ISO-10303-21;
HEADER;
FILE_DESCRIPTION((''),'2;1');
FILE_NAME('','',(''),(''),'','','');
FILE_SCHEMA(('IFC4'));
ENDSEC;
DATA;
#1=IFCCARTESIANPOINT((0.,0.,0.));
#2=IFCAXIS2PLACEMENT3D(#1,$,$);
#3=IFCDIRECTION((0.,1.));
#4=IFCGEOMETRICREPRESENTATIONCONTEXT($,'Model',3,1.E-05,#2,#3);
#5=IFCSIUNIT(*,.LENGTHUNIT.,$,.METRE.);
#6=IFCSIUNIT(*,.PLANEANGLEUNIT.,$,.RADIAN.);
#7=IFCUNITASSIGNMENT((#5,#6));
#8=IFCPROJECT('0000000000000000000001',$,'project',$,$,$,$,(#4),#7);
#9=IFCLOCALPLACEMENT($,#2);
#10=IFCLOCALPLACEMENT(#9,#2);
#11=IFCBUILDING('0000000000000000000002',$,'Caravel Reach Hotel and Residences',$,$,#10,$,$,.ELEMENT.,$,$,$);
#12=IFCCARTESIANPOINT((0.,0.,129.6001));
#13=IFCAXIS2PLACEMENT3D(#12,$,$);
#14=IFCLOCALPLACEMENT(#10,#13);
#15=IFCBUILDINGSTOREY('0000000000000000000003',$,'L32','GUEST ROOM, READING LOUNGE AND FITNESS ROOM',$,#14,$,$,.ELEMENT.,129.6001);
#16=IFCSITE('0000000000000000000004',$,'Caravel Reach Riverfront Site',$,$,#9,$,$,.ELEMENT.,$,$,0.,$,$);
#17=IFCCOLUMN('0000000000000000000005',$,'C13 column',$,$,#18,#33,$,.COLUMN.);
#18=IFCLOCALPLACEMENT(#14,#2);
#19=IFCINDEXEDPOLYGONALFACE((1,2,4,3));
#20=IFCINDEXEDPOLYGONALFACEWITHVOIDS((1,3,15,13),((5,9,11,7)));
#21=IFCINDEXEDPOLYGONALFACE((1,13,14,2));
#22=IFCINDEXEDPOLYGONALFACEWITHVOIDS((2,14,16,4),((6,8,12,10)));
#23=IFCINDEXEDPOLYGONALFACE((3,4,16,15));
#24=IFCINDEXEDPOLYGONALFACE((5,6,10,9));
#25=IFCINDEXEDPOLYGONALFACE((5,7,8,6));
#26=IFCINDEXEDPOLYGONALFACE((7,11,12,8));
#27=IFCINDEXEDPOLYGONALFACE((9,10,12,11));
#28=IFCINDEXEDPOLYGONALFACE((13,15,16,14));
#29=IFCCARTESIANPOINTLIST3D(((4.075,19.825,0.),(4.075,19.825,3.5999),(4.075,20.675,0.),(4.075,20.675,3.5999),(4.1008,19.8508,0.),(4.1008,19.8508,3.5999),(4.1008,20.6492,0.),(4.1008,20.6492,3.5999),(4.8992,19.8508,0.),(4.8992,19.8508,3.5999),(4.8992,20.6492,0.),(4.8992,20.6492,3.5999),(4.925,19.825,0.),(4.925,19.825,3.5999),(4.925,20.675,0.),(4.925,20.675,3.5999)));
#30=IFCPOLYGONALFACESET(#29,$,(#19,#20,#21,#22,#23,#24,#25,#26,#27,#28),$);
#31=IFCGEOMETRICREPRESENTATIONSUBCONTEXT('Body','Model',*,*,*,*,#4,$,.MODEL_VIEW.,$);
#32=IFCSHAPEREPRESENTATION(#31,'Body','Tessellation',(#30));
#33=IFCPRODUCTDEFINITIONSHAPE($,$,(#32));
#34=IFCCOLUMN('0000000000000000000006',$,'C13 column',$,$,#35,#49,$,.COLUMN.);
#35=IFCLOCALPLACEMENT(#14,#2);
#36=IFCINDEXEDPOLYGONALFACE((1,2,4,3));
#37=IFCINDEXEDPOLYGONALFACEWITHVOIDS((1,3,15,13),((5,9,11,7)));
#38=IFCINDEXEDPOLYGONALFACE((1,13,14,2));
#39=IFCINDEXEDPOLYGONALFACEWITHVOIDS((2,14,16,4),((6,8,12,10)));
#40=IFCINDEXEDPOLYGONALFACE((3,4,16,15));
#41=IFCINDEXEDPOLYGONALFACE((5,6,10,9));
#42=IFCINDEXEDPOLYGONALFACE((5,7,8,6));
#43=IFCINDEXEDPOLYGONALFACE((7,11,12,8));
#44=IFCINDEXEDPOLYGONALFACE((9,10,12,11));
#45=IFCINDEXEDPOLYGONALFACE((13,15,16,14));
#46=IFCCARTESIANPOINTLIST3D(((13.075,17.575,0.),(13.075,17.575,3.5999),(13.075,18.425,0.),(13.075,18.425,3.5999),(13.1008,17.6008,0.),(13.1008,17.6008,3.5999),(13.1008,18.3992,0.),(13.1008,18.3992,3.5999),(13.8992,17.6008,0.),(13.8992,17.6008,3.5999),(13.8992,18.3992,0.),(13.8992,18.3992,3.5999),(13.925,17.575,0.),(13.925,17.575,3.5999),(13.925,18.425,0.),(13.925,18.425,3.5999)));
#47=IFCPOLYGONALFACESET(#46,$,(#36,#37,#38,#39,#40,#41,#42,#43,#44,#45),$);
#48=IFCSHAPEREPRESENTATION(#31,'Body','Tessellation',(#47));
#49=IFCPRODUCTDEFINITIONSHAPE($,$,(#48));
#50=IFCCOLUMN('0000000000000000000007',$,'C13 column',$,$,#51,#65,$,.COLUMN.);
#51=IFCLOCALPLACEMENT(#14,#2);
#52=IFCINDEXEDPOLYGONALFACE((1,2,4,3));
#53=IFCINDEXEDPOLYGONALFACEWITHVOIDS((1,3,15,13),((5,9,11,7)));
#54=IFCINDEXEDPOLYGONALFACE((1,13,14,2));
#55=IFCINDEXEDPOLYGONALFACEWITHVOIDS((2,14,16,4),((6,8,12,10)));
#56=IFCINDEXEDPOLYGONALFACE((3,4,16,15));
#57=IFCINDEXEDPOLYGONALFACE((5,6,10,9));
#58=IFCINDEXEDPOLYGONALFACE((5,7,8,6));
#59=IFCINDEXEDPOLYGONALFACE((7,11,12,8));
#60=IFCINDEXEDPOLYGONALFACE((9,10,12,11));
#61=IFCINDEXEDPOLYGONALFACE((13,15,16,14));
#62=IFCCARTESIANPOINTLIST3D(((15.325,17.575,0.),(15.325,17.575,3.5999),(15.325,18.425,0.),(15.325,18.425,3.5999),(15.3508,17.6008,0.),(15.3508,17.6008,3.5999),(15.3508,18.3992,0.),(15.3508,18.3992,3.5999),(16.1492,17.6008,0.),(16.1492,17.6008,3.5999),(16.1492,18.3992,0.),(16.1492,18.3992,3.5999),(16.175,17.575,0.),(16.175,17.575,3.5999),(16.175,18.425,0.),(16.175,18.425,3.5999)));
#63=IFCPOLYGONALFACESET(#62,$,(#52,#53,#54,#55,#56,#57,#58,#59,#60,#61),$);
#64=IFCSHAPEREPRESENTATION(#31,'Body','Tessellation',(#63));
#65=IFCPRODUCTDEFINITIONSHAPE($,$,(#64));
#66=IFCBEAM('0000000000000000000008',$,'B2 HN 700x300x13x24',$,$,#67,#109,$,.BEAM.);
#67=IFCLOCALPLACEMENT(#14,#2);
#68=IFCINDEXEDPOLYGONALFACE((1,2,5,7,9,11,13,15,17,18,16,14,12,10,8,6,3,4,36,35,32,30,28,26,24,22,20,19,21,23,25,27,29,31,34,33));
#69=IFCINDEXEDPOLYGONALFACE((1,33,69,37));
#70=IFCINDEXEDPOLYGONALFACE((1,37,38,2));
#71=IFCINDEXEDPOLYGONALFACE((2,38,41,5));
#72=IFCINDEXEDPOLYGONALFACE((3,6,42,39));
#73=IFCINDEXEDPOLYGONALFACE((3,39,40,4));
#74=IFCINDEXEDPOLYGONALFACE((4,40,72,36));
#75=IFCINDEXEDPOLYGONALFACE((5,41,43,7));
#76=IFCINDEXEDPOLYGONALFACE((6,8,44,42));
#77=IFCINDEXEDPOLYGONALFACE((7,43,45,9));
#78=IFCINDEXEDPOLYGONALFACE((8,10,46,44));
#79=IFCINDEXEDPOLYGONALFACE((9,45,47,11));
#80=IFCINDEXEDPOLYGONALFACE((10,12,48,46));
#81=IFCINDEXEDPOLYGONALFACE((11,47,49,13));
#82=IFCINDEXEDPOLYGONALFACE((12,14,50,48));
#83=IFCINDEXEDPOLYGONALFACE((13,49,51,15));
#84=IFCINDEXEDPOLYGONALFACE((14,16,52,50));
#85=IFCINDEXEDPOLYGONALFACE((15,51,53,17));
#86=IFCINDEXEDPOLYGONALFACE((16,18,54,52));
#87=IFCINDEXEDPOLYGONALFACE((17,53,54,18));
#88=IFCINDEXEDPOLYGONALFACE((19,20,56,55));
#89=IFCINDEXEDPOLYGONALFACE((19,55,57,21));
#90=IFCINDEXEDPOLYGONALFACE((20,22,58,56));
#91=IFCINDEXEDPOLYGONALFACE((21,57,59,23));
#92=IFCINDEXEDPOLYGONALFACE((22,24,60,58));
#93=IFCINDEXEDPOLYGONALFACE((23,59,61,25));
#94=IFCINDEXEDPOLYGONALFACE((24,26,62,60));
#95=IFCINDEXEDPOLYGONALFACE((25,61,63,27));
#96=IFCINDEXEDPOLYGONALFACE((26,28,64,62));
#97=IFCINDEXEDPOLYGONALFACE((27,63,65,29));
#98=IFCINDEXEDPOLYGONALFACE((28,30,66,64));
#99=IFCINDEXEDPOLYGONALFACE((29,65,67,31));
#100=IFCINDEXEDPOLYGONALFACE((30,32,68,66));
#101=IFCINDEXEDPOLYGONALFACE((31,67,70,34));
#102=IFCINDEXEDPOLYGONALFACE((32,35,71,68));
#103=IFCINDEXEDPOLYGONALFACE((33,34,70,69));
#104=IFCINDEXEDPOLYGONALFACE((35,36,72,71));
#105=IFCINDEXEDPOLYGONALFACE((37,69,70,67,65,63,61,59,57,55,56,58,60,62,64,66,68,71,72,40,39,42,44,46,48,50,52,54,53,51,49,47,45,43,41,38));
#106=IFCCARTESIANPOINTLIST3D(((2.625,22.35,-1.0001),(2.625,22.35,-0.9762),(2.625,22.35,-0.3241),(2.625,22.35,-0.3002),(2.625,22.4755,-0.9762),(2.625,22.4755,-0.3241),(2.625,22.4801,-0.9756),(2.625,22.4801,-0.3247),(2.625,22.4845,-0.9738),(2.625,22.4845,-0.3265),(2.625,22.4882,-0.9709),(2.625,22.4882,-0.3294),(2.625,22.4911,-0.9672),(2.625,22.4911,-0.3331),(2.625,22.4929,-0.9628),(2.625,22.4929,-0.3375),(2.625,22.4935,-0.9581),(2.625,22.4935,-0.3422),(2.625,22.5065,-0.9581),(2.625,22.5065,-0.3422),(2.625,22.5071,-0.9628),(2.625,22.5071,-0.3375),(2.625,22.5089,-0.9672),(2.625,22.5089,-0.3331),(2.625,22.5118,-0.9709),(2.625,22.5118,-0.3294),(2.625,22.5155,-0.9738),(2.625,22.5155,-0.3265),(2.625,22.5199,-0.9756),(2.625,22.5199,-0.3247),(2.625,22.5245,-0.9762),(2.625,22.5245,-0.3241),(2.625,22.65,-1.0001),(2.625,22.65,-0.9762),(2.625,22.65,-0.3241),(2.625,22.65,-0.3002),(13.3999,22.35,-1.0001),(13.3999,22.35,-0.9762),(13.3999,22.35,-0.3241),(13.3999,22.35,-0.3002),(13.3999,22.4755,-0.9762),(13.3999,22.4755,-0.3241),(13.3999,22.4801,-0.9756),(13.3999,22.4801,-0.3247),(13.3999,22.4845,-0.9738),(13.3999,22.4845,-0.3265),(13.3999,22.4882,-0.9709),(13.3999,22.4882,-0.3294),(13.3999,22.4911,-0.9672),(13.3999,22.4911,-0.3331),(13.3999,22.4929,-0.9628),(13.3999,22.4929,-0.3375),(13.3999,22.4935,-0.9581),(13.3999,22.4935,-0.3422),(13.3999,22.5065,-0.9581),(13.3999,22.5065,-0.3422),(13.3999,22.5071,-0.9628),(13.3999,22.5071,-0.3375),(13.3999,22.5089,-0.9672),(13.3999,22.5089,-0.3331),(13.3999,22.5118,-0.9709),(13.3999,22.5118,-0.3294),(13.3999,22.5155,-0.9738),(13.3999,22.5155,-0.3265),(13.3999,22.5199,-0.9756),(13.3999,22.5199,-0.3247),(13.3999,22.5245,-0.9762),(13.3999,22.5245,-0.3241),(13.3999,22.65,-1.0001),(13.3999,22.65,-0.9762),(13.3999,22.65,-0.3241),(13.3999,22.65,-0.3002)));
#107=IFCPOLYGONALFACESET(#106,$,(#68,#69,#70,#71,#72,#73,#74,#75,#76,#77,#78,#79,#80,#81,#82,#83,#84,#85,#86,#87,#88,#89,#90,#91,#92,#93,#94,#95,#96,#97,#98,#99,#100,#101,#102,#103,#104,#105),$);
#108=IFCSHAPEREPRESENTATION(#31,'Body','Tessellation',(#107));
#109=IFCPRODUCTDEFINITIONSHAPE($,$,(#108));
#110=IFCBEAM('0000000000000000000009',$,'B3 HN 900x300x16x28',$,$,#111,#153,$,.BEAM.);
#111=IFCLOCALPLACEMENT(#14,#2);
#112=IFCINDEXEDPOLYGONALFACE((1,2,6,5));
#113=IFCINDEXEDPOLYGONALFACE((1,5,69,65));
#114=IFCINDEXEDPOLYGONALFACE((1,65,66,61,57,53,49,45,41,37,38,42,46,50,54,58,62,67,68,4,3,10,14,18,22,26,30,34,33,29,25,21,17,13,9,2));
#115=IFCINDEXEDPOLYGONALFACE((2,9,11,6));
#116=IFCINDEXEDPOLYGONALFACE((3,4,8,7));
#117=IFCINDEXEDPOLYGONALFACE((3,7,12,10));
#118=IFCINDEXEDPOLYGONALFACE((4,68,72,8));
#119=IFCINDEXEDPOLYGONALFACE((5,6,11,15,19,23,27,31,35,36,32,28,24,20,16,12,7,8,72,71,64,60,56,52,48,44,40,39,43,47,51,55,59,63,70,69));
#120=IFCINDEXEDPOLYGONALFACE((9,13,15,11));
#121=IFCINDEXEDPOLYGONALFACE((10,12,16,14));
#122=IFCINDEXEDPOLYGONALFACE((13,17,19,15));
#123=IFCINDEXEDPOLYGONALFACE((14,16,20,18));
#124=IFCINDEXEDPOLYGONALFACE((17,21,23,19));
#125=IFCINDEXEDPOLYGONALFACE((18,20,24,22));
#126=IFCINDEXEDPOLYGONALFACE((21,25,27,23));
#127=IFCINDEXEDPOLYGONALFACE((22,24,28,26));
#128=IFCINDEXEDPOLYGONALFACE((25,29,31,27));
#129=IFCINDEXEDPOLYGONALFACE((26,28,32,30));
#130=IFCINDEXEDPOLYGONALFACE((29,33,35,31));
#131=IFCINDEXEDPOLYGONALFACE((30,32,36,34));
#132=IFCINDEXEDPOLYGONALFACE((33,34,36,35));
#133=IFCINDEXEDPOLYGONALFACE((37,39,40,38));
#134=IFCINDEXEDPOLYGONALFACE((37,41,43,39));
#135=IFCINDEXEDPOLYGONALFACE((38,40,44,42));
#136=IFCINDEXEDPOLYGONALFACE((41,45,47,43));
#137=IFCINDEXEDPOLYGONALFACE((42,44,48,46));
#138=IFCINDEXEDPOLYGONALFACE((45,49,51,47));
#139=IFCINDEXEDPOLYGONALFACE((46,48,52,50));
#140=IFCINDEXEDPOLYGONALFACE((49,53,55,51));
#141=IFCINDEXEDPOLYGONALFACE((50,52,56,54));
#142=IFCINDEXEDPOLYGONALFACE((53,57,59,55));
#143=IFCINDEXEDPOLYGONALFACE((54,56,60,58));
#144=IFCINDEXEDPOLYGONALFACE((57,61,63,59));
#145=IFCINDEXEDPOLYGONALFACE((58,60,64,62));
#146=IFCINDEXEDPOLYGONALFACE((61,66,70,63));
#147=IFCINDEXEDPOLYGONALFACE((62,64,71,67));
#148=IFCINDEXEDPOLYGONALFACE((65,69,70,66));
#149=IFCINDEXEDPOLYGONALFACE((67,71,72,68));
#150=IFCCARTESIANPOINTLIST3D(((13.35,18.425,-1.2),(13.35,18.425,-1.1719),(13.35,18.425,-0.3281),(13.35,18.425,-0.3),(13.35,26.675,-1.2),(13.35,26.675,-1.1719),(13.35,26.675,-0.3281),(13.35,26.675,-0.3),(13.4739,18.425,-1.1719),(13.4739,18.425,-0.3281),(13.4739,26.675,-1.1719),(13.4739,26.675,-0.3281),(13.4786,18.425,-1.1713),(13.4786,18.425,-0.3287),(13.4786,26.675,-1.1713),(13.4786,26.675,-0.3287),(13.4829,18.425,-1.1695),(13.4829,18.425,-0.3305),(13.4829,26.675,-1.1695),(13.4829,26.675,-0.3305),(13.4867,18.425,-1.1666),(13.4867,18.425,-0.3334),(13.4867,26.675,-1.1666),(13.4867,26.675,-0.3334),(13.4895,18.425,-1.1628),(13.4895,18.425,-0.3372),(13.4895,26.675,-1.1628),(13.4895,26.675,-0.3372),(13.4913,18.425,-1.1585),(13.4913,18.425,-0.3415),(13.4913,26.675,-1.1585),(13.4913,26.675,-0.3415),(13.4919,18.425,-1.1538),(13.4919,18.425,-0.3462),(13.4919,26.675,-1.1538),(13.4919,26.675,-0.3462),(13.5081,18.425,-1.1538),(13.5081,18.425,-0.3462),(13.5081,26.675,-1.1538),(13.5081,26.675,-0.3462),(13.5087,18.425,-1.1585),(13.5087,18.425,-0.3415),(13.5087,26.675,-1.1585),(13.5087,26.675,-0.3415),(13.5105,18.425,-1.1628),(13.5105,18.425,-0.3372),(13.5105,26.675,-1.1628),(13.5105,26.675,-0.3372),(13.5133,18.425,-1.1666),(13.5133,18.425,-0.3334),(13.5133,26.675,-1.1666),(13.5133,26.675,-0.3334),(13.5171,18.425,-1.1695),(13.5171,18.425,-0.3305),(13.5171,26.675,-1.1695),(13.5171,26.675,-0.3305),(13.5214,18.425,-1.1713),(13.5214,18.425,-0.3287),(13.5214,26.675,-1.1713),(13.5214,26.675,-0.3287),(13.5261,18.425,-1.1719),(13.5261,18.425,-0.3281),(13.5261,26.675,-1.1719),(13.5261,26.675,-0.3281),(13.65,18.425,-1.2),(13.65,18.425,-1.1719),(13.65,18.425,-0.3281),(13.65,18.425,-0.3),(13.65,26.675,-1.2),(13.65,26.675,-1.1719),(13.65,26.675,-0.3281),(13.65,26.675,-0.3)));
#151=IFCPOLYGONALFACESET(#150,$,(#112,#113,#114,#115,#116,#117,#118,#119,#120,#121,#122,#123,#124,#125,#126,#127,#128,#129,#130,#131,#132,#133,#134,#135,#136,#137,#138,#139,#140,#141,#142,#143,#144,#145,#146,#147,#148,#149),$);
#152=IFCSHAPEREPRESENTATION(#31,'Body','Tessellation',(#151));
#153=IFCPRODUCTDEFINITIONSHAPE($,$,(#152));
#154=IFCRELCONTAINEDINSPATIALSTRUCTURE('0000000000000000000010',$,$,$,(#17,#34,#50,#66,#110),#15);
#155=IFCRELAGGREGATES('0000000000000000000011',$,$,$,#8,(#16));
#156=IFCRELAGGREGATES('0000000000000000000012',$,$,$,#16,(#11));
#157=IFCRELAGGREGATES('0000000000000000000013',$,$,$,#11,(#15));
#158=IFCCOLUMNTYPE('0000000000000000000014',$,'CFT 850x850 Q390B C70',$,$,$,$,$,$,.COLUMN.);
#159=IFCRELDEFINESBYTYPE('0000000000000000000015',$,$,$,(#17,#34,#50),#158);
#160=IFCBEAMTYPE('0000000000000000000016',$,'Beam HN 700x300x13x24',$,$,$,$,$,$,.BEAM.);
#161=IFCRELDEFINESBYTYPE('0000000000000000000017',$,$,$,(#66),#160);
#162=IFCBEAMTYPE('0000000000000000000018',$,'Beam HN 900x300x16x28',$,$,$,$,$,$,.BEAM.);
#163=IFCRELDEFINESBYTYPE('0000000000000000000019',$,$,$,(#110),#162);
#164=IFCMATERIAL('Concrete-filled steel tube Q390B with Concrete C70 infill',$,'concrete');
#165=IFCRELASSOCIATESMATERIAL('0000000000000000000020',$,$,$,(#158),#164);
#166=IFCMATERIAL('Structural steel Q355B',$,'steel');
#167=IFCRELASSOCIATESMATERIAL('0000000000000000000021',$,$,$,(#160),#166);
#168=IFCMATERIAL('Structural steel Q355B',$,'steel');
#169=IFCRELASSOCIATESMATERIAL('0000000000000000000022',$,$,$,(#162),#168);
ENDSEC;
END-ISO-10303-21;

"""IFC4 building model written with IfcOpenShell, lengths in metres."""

from ifc_helpers import new_model, si_unit, direction, frame, origin, origin_2d, place, context, subcontext, project, spatial, hollow_rectangle, i_section, extrude, material, material_profile, profile_set, type_object, element, save


model = new_model("IFC4")

# Units and contexts
model_context = context("Model", 3, precision=1e-05, world=origin(), true_north=direction((0.0, 1.0)))
body_context = subcontext(model_context, "Body", "Model", "MODEL_VIEW")
ifc_project = project(units=[si_unit("LENGTHUNIT", "METRE"), si_unit("PLANEANGLEUNIT", "RADIAN")], contexts=[model_context])

# Site, building, storey
site_placement = place(None, origin())
site = spatial("IfcSite", under=ifc_project, at=site_placement, Name="Caravel Reach Riverfront Site", CompositionType="ELEMENT", RefElevation=0.0)
building_placement = place(site_placement, origin())
building = spatial("IfcBuilding", under=site, at=building_placement, Name="Caravel Reach Hotel and Residences", CompositionType="ELEMENT")
storey_placement = place(building_placement, frame((0.0, 0.0, 129.6001)))
storey = spatial("IfcBuildingStorey", under=building, at=storey_placement, Name="L32", Description="GUEST ROOM, READING LOUNGE AND FITNESS ROOM", CompositionType="ELEMENT", Elevation=129.6001)

# Columns
ifc_material_1 = material(Name="Concrete-filled steel tube Q390B with Concrete C70 infill", Category="concrete")
ifc_material_profile_1 = material_profile(ifc_material_1, hollow_rectangle(XDim=0.8501, YDim=0.8501, WallThickness=0.0259, at=origin_2d()), Name="RHS 850x850x26")
ifc_profile_set_1 = profile_set([ifc_material_profile_1], Name="Concrete-filled steel tube Q390B with Concrete C70 infill")
column_type = type_object("IfcColumnType", Name="CFT 850x850 Q390B C70", PredefinedType="COLUMN", material=ifc_profile_set_1)
for number, where, z_axis, x_axis, name in (
    (1, (4.5, 20.25, 0.0), (0.0, 0.0, 1.0), (1.0, 0.0, 0.0), "C13 column"),
    (2, (13.5, 18.0, 0.0), (0.0, 0.0, 1.0), (1.0, 0.0, 0.0), "C13 column"),
    (3, (15.75, 18.0, 0.0), (0.0, 0.0, 1.0), (1.0, 0.0, 0.0), "C13 column"),
):
    element("IfcColumn", number, at=place(storey_placement, frame(where, z_axis=z_axis, x_axis=x_axis)), inside=storey, type_object=column_type, Name=name, PredefinedType="COLUMN", context=body_context, shape_type="SweptSolid", body=[
        extrude(hollow_rectangle(XDim=0.8501, YDim=0.8501, WallThickness=0.0259, at=origin_2d()), origin(), (0.0, 0.0, 1.0), 3.5999),
    ])

# Beams
ifc_material_2 = material(Name="Structural steel Q355B", Category="steel")
ifc_material_profile_2 = material_profile(ifc_material_2, i_section(OverallWidth=0.3, OverallDepth=0.7, WebThickness=0.0129, FlangeThickness=0.0239, FilletRadius=0.0181, at=origin_2d()), Name="HN 700x300x13x24")
ifc_profile_set_2 = profile_set([ifc_material_profile_2], Name="Structural steel Q355B")
beam_type_1 = type_object("IfcBeamType", Name="Beam HN 700x300x13x24", PredefinedType="BEAM", material=ifc_profile_set_2)
beam_1_placement = place(storey_placement, frame((13.3999, 22.5, -0.6501), z_axis=(-1.0, 0.0, 0.0), x_axis=(0.0, -1.0, 0.0)))
element("IfcBeam", 4, at=beam_1_placement, inside=storey, type_object=beam_type_1, Name="B2 HN 700x300x13x24", PredefinedType="BEAM", context=body_context, shape_type="SweptSolid", body=[
    extrude(i_section(OverallWidth=0.3, OverallDepth=0.7, WebThickness=0.0129, FlangeThickness=0.0239, FilletRadius=0.0181, at=origin_2d()), origin(), (0.0, 0.0, 1.0), 10.7749),
])
ifc_material_3 = material(Name="Structural steel Q355B", Category="steel")
ifc_material_profile_3 = material_profile(ifc_material_3, i_section(OverallWidth=0.3, OverallDepth=0.8999, WebThickness=0.0161, FlangeThickness=0.0281, FilletRadius=0.0181, at=origin_2d()), Name="HN 900x300x16x28")
ifc_profile_set_3 = profile_set([ifc_material_profile_3], Name="Structural steel Q355B")
beam_type_2 = type_object("IfcBeamType", Name="Beam HN 900x300x16x28", PredefinedType="BEAM", material=ifc_profile_set_3)
beam_2_placement = place(storey_placement, frame((13.5, 18.425, -0.75), z_axis=(0.0, 1.0, 0.0), x_axis=(-1.0, 0.0, 0.0)))
element("IfcBeam", 5, at=beam_2_placement, inside=storey, type_object=beam_type_2, Name="B3 HN 900x300x16x28", PredefinedType="BEAM", context=body_context, shape_type="SweptSolid", body=[
    extrude(i_section(OverallWidth=0.3, OverallDepth=0.8999, WebThickness=0.0161, FlangeThickness=0.0281, FilletRadius=0.0181, at=origin_2d()), origin(), (0.0, 0.0, 1.0), 8.25),
])

save(model, "model.ifc")
